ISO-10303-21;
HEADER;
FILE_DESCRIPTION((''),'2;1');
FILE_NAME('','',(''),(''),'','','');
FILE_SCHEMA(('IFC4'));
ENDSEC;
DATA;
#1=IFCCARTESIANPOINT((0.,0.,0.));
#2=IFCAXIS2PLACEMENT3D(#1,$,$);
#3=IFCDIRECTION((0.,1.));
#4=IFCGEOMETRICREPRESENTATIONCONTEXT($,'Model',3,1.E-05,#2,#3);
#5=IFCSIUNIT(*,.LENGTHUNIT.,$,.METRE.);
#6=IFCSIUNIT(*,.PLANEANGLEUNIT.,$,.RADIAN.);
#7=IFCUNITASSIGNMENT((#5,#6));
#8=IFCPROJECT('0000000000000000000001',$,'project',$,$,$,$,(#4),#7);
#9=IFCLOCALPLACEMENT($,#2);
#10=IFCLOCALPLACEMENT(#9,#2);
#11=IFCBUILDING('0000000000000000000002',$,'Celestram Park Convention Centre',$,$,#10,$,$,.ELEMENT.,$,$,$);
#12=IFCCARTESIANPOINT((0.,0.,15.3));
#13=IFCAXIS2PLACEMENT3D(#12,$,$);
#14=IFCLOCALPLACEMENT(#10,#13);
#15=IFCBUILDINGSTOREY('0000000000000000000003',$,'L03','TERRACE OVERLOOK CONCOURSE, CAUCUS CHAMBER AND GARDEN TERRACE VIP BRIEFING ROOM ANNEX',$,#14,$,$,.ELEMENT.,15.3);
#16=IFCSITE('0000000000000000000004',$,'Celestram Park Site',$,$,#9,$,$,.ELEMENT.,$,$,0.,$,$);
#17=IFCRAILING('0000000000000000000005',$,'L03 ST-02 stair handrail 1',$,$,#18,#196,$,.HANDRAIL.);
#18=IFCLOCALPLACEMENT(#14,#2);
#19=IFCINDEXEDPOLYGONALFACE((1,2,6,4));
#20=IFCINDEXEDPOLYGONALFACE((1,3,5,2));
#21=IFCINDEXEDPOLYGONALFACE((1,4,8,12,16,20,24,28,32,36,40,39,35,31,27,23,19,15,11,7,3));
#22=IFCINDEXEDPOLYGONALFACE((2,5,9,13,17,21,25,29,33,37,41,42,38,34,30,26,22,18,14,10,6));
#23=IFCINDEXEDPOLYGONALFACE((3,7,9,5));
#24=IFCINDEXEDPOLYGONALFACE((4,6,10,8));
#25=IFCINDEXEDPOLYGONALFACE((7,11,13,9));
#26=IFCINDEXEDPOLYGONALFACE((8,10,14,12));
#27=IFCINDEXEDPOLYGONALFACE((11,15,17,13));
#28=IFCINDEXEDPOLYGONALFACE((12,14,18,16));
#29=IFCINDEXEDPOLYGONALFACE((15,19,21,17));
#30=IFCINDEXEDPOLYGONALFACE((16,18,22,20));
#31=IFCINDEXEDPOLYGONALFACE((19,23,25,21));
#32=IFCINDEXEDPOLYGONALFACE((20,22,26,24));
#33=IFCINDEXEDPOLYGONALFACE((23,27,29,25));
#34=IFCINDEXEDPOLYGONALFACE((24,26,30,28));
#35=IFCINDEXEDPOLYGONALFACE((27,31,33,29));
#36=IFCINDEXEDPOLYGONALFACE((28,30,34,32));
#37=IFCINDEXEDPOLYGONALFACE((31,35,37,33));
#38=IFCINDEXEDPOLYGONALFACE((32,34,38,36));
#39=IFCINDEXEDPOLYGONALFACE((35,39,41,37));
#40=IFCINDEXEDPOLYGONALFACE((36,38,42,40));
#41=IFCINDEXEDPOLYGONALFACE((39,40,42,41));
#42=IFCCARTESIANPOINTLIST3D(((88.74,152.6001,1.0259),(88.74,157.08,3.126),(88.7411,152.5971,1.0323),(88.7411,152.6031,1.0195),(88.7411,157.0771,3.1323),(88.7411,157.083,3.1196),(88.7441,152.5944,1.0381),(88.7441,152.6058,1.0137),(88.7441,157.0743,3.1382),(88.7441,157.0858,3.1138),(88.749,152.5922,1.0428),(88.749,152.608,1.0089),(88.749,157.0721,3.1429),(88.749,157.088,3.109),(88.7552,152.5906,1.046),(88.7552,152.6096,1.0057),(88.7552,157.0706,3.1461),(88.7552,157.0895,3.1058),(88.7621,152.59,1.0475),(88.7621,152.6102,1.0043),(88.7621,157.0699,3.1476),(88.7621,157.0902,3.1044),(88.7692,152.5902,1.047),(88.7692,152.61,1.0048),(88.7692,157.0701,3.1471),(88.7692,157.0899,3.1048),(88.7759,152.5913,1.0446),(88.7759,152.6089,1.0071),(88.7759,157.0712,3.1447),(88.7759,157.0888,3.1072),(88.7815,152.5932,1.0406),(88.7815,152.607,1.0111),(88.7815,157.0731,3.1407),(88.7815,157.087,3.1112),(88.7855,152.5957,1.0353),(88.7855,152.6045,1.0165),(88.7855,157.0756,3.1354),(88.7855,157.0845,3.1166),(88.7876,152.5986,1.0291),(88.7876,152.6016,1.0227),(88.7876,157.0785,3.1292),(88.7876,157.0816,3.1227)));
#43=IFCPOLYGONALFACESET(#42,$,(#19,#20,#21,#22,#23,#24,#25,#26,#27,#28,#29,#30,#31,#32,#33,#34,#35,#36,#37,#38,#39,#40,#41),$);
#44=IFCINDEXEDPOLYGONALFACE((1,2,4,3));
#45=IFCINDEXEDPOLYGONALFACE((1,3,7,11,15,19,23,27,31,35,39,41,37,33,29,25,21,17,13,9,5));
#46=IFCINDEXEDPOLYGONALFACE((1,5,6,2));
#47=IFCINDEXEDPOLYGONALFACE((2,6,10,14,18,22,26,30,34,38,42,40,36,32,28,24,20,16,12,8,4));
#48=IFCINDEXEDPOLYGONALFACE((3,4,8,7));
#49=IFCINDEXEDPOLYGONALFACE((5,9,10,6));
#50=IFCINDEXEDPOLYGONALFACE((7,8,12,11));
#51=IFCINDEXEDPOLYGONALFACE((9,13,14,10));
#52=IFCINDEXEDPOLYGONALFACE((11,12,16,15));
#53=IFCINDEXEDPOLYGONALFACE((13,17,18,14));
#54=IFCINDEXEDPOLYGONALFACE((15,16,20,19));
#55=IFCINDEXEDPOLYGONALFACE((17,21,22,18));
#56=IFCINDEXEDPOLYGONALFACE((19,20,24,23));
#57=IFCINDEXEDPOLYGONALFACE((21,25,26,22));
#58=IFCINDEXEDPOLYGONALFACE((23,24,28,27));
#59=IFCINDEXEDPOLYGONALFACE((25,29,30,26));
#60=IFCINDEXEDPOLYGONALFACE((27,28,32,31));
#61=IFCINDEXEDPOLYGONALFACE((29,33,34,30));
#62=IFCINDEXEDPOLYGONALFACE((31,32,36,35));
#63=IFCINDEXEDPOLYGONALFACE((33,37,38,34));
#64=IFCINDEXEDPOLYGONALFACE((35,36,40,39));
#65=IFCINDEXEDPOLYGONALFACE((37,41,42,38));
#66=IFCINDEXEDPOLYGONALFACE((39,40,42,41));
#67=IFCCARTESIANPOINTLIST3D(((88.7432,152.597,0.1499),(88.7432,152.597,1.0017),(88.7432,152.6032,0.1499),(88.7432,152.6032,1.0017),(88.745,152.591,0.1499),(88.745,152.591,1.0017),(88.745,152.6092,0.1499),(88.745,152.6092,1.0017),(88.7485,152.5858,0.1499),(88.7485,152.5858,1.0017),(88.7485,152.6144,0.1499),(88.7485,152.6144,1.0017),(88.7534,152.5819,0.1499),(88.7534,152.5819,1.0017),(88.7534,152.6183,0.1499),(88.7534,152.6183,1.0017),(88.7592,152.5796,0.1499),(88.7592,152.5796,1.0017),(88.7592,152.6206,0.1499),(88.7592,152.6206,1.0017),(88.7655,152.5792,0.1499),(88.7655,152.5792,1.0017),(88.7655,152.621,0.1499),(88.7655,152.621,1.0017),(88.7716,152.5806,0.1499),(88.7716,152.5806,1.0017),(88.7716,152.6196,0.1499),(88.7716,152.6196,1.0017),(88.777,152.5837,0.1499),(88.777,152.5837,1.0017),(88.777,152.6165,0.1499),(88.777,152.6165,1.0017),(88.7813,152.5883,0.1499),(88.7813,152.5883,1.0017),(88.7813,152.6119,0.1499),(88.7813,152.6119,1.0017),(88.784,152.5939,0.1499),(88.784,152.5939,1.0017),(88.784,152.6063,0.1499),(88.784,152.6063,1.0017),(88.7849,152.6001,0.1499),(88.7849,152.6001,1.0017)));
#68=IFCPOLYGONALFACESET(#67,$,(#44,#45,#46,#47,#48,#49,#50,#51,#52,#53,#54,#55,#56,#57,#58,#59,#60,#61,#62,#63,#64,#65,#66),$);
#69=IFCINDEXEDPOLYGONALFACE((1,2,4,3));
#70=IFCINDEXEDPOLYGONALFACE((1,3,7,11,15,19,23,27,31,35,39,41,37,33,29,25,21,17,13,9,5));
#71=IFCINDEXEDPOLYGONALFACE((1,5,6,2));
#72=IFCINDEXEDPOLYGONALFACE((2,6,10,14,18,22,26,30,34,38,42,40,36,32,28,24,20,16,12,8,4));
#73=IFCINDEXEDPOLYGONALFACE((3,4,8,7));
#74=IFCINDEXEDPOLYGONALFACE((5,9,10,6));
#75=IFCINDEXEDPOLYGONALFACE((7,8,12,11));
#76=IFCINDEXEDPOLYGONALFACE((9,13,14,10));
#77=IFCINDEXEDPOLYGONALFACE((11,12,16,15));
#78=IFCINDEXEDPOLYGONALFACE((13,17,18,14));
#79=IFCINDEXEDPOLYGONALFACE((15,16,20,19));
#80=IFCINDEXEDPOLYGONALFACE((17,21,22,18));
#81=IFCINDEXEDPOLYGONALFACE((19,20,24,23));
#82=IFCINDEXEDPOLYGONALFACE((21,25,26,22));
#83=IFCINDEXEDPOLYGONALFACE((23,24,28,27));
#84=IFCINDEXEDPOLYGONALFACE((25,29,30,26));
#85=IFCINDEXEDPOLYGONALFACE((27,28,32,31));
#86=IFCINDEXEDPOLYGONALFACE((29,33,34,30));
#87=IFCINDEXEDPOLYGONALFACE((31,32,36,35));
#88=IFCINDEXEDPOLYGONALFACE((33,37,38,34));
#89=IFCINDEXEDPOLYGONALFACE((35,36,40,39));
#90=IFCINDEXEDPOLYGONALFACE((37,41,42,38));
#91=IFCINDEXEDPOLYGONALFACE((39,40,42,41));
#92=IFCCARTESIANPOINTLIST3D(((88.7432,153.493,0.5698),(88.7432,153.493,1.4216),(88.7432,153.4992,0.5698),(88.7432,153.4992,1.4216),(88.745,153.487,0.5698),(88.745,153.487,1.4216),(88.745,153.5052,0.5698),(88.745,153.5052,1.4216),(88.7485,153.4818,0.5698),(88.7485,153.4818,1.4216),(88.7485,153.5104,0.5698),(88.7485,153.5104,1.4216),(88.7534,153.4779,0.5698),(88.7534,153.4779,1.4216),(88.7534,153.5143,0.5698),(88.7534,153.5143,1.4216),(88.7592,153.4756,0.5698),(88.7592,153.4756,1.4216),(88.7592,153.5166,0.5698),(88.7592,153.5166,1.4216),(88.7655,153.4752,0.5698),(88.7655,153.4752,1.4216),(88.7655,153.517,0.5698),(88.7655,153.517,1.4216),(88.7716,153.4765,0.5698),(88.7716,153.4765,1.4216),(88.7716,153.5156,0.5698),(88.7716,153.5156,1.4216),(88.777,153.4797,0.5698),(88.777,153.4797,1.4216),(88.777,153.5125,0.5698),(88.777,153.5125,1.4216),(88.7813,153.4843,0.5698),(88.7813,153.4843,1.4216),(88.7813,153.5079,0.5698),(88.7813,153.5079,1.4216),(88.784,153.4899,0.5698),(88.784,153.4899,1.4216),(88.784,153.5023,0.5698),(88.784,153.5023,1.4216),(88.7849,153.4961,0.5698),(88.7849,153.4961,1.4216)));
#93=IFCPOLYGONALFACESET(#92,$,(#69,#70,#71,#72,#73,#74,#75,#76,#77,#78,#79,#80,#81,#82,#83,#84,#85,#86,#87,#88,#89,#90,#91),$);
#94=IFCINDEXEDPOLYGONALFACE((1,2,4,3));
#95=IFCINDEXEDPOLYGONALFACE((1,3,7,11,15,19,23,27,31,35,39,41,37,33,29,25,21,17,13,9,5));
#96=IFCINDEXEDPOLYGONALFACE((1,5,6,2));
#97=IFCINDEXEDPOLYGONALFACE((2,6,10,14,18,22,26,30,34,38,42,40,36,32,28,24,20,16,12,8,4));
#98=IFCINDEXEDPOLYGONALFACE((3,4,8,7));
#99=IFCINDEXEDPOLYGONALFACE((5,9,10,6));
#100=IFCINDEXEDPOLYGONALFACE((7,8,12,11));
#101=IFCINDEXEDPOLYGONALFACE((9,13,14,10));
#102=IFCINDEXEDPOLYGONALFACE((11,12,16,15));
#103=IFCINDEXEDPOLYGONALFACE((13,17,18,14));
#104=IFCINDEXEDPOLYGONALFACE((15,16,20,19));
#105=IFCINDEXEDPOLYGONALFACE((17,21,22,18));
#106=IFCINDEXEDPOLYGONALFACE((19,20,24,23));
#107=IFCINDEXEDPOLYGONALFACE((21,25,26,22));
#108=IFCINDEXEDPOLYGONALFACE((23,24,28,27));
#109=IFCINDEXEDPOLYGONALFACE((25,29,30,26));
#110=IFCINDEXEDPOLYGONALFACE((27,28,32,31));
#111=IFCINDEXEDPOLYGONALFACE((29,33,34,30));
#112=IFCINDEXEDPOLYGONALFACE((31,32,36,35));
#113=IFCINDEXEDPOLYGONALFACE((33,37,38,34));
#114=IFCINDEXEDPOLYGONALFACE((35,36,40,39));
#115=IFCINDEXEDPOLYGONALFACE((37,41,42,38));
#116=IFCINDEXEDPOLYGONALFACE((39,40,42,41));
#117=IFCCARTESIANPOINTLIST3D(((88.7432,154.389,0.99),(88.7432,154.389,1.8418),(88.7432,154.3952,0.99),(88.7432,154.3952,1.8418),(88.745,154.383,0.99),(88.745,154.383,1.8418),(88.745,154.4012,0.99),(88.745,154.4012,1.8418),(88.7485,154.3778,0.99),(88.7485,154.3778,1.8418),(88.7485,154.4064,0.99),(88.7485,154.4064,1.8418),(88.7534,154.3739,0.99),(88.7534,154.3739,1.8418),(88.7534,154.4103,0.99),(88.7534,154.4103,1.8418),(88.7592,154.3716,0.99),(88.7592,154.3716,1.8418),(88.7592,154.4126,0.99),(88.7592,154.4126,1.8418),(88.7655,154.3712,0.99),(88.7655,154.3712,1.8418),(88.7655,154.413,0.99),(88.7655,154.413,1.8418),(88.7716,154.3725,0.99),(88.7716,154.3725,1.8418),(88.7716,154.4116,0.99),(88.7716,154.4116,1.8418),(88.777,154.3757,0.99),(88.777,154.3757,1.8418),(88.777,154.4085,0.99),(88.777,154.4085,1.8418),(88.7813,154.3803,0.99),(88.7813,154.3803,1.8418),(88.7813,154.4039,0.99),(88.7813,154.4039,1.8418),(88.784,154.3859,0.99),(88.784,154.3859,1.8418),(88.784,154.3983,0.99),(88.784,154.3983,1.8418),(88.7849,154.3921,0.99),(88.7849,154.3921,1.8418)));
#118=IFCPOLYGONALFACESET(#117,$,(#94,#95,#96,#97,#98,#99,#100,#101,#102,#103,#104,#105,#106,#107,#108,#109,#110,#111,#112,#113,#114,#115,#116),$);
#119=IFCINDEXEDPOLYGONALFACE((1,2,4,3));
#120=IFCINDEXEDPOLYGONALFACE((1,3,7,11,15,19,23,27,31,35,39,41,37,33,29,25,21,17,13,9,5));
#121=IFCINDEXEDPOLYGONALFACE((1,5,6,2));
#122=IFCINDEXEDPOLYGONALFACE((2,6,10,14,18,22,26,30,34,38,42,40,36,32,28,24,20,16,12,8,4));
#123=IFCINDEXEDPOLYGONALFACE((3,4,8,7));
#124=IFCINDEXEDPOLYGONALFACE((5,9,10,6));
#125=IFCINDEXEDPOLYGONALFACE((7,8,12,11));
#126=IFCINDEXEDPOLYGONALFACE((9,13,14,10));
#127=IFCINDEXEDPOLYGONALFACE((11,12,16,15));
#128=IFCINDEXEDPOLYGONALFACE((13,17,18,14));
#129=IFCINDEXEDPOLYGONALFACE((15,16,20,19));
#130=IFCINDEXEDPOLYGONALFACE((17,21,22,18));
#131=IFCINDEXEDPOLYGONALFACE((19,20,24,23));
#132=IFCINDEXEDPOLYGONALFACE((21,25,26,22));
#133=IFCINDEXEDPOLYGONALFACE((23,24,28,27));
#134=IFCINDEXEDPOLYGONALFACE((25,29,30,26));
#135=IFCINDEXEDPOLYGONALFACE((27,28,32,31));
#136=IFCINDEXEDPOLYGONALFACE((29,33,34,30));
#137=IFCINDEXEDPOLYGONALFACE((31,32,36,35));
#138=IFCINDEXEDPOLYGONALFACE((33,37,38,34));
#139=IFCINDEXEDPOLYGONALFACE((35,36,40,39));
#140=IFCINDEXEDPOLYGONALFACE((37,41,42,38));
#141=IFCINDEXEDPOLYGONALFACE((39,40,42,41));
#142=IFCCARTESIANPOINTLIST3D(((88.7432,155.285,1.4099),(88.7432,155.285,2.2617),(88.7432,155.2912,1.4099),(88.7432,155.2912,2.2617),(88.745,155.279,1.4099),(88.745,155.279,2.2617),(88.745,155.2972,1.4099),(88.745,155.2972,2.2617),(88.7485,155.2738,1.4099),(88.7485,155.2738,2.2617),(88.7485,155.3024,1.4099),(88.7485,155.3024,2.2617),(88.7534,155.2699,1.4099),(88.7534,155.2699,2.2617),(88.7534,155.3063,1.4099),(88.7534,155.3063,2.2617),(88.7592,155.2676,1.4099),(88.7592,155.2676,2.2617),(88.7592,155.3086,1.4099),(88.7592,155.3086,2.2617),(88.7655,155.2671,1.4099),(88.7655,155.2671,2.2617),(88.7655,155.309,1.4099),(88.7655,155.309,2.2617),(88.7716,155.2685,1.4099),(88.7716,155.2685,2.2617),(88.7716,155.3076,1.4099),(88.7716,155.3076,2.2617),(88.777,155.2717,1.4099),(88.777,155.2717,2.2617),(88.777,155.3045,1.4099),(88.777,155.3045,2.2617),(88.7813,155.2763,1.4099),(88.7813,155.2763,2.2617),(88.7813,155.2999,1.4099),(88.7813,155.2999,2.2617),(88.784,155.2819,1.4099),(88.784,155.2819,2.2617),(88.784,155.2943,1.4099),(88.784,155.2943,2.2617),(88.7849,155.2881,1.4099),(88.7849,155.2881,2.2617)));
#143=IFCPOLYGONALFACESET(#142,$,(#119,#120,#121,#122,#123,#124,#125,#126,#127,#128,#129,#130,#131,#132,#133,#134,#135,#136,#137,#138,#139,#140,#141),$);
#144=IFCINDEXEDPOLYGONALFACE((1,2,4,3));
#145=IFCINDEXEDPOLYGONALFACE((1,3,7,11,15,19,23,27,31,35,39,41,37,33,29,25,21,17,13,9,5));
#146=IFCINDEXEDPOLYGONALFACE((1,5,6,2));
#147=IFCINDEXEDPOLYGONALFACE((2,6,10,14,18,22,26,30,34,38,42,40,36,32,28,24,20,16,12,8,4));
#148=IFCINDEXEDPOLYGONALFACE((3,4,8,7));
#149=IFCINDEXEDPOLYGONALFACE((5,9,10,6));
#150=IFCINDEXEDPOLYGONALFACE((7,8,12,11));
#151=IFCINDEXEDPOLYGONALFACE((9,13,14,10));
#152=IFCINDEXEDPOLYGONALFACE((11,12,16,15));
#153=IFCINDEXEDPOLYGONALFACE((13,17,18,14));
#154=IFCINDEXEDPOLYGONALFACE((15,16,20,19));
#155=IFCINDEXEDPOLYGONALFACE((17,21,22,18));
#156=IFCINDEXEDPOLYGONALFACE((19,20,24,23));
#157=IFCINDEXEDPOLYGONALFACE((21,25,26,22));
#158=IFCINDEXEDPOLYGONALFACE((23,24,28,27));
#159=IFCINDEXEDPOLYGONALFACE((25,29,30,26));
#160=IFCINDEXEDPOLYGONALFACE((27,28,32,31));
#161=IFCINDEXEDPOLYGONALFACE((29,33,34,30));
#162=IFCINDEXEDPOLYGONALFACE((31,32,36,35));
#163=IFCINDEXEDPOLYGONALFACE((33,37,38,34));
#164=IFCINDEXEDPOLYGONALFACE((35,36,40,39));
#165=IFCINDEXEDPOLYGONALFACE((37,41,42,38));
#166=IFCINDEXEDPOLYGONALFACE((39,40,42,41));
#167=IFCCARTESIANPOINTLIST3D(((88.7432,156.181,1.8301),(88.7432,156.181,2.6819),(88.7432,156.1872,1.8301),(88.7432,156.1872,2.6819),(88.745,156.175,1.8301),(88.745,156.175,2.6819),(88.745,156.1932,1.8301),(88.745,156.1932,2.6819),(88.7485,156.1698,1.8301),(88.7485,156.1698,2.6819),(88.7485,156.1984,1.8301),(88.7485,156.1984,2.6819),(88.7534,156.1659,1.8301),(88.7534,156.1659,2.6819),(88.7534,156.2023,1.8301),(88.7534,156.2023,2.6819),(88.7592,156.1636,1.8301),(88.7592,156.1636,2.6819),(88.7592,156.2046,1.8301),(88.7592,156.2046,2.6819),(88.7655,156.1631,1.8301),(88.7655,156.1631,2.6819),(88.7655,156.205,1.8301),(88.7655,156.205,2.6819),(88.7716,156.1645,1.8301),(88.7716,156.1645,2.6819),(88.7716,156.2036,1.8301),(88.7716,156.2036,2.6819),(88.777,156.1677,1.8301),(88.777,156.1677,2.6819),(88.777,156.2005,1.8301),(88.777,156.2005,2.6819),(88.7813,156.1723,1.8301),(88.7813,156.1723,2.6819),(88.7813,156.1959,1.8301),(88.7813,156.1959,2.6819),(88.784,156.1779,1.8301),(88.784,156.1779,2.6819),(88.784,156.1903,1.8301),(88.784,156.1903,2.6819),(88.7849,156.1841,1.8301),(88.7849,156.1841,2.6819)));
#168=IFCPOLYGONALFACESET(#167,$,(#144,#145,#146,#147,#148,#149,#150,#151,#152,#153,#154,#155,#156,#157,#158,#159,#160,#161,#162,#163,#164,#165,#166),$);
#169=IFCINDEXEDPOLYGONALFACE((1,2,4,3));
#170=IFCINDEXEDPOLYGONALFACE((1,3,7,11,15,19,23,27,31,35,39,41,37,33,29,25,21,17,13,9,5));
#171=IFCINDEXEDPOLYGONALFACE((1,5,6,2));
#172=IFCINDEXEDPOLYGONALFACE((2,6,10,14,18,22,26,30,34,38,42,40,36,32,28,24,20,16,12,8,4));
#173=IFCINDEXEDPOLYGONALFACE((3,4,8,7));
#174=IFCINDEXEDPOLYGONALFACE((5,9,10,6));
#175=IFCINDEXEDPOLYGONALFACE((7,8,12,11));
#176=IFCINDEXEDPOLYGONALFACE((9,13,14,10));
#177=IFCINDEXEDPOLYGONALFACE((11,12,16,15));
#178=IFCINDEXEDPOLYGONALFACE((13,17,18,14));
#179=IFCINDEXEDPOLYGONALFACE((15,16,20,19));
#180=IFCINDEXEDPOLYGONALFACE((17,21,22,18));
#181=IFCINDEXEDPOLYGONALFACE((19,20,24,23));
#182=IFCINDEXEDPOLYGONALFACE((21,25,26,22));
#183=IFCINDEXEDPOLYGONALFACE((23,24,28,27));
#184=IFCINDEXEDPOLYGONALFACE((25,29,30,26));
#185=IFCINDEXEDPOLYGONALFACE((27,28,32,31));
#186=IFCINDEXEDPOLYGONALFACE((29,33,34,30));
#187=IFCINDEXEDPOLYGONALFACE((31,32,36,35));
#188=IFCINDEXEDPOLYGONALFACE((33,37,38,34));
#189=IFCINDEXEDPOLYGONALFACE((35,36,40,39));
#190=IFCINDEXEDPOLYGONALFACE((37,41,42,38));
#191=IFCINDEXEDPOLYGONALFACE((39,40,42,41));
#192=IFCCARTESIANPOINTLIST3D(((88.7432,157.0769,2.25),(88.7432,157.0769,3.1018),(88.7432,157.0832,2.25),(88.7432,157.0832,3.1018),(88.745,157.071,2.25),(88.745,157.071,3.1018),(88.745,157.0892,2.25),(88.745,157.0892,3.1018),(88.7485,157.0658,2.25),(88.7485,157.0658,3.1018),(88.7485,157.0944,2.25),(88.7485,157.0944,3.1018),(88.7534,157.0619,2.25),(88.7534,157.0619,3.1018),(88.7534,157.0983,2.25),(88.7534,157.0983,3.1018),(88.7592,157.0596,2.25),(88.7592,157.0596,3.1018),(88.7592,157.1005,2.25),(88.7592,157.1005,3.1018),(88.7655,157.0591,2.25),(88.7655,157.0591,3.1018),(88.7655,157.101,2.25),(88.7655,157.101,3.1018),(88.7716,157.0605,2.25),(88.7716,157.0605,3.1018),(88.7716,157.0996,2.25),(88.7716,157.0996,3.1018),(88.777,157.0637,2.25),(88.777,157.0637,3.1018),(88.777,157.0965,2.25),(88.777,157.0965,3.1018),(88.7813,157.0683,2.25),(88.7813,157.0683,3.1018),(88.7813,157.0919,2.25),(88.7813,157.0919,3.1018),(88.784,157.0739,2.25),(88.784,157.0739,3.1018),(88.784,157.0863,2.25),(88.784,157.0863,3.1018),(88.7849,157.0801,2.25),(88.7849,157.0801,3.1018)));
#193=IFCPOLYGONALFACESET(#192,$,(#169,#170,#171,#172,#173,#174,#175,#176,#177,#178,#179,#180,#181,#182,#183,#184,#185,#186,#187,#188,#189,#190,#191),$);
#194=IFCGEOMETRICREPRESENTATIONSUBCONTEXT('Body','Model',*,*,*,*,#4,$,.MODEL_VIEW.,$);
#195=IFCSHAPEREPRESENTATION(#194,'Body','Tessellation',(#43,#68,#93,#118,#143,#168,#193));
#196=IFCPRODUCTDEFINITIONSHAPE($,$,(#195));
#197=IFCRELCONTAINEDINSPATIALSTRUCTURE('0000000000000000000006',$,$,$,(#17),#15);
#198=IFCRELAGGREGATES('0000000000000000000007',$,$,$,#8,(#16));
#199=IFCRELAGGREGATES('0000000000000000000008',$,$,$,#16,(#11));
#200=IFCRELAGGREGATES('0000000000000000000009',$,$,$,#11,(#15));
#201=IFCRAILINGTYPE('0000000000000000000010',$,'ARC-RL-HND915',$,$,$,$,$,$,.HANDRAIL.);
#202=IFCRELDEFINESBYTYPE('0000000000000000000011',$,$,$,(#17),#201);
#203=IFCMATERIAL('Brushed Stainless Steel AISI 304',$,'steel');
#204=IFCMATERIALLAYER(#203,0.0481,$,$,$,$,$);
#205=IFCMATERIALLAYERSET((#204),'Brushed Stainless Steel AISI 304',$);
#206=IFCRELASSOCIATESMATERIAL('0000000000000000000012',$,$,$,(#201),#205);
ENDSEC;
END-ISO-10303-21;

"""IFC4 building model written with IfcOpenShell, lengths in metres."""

from ifc_helpers import new_model, si_unit, direction, frame, origin, origin_2d, place, context, subcontext, project, spatial, circle, extrude, material, layer, layer_set, type_object, element, save


model = new_model("IFC4")

# Units and contexts
model_context = context("Model", 3, precision=1e-05, world=origin(), true_north=direction((0.0, 1.0)))
body_context = subcontext(model_context, "Body", "Model", "MODEL_VIEW")
ifc_project = project(units=[si_unit("LENGTHUNIT", "METRE"), si_unit("PLANEANGLEUNIT", "RADIAN")], contexts=[model_context])

# Site, building, storey
site_placement = place(None, origin())
site = spatial("IfcSite", under=ifc_project, at=site_placement, Name="Celestram Park Site", CompositionType="ELEMENT", RefElevation=0.0)
building_placement = place(site_placement, origin())
building = spatial("IfcBuilding", under=site, at=building_placement, Name="Celestram Park Convention Centre", CompositionType="ELEMENT")
storey_placement = place(building_placement, frame((0.0, 0.0, 15.3)))
storey = spatial("IfcBuildingStorey", under=building, at=storey_placement, Name="L03", Description="TERRACE OVERLOOK CONCOURSE, CAUCUS CHAMBER AND GARDEN TERRACE VIP BRIEFING ROOM ANNEX", CompositionType="ELEMENT", Elevation=15.3)

# Railing
ifc_material_1 = material(Name="Brushed Stainless Steel AISI 304", Category="steel")
ifc_layer_1 = layer(ifc_material_1, 0.0481)
ifc_layer_set_1 = layer_set([ifc_layer_1], Name="Brushed Stainless Steel AISI 304")
railing_type_1 = type_object("IfcRailingType", Name="ARC-RL-HND915", PredefinedType="HANDRAIL", material=ifc_layer_set_1)
railing_1_placement = place(storey_placement, frame((88.7639, 152.6001, 0.1499)))
element("IfcRailing", 1, at=railing_1_placement, inside=storey, type_object=railing_type_1, Name="L03 ST-02 stair handrail 1", PredefinedType="HANDRAIL", context=body_context, shape_type="SweptSolid", body=[
    extrude(circle(Radius=0.0239, at=origin_2d()), frame((0.0, 0.0, 0.876), z_axis=(0.0, 0.905451, 0.424452), x_axis=(-1.0, 0.0, 0.0)), (0.0, 0.0, 1.0), 4.9478),
    extrude(circle(Radius=0.021, at=origin_2d()), origin(), (0.0, 0.0, 1.0), 0.8518),
    extrude(circle(Radius=0.021, at=origin_2d()), frame((0.0, 0.896, 0.4199)), (0.0, 0.0, 1.0), 0.8518),
    extrude(circle(Radius=0.021, at=origin_2d()), frame((0.0, 1.792, 0.8401)), (0.0, 0.0, 1.0), 0.8518),
    extrude(circle(Radius=0.021, at=origin_2d()), frame((0.0, 2.688, 1.26)), (0.0, 0.0, 1.0), 0.8518),
    extrude(circle(Radius=0.021, at=origin_2d()), frame((0.0, 3.584, 1.6802)), (0.0, 0.0, 1.0), 0.8518),
    extrude(circle(Radius=0.021, at=origin_2d()), frame((0.0, 4.48, 2.1001)), (0.0, 0.0, 1.0), 0.8518),
])

save(model, "model.ifc")
